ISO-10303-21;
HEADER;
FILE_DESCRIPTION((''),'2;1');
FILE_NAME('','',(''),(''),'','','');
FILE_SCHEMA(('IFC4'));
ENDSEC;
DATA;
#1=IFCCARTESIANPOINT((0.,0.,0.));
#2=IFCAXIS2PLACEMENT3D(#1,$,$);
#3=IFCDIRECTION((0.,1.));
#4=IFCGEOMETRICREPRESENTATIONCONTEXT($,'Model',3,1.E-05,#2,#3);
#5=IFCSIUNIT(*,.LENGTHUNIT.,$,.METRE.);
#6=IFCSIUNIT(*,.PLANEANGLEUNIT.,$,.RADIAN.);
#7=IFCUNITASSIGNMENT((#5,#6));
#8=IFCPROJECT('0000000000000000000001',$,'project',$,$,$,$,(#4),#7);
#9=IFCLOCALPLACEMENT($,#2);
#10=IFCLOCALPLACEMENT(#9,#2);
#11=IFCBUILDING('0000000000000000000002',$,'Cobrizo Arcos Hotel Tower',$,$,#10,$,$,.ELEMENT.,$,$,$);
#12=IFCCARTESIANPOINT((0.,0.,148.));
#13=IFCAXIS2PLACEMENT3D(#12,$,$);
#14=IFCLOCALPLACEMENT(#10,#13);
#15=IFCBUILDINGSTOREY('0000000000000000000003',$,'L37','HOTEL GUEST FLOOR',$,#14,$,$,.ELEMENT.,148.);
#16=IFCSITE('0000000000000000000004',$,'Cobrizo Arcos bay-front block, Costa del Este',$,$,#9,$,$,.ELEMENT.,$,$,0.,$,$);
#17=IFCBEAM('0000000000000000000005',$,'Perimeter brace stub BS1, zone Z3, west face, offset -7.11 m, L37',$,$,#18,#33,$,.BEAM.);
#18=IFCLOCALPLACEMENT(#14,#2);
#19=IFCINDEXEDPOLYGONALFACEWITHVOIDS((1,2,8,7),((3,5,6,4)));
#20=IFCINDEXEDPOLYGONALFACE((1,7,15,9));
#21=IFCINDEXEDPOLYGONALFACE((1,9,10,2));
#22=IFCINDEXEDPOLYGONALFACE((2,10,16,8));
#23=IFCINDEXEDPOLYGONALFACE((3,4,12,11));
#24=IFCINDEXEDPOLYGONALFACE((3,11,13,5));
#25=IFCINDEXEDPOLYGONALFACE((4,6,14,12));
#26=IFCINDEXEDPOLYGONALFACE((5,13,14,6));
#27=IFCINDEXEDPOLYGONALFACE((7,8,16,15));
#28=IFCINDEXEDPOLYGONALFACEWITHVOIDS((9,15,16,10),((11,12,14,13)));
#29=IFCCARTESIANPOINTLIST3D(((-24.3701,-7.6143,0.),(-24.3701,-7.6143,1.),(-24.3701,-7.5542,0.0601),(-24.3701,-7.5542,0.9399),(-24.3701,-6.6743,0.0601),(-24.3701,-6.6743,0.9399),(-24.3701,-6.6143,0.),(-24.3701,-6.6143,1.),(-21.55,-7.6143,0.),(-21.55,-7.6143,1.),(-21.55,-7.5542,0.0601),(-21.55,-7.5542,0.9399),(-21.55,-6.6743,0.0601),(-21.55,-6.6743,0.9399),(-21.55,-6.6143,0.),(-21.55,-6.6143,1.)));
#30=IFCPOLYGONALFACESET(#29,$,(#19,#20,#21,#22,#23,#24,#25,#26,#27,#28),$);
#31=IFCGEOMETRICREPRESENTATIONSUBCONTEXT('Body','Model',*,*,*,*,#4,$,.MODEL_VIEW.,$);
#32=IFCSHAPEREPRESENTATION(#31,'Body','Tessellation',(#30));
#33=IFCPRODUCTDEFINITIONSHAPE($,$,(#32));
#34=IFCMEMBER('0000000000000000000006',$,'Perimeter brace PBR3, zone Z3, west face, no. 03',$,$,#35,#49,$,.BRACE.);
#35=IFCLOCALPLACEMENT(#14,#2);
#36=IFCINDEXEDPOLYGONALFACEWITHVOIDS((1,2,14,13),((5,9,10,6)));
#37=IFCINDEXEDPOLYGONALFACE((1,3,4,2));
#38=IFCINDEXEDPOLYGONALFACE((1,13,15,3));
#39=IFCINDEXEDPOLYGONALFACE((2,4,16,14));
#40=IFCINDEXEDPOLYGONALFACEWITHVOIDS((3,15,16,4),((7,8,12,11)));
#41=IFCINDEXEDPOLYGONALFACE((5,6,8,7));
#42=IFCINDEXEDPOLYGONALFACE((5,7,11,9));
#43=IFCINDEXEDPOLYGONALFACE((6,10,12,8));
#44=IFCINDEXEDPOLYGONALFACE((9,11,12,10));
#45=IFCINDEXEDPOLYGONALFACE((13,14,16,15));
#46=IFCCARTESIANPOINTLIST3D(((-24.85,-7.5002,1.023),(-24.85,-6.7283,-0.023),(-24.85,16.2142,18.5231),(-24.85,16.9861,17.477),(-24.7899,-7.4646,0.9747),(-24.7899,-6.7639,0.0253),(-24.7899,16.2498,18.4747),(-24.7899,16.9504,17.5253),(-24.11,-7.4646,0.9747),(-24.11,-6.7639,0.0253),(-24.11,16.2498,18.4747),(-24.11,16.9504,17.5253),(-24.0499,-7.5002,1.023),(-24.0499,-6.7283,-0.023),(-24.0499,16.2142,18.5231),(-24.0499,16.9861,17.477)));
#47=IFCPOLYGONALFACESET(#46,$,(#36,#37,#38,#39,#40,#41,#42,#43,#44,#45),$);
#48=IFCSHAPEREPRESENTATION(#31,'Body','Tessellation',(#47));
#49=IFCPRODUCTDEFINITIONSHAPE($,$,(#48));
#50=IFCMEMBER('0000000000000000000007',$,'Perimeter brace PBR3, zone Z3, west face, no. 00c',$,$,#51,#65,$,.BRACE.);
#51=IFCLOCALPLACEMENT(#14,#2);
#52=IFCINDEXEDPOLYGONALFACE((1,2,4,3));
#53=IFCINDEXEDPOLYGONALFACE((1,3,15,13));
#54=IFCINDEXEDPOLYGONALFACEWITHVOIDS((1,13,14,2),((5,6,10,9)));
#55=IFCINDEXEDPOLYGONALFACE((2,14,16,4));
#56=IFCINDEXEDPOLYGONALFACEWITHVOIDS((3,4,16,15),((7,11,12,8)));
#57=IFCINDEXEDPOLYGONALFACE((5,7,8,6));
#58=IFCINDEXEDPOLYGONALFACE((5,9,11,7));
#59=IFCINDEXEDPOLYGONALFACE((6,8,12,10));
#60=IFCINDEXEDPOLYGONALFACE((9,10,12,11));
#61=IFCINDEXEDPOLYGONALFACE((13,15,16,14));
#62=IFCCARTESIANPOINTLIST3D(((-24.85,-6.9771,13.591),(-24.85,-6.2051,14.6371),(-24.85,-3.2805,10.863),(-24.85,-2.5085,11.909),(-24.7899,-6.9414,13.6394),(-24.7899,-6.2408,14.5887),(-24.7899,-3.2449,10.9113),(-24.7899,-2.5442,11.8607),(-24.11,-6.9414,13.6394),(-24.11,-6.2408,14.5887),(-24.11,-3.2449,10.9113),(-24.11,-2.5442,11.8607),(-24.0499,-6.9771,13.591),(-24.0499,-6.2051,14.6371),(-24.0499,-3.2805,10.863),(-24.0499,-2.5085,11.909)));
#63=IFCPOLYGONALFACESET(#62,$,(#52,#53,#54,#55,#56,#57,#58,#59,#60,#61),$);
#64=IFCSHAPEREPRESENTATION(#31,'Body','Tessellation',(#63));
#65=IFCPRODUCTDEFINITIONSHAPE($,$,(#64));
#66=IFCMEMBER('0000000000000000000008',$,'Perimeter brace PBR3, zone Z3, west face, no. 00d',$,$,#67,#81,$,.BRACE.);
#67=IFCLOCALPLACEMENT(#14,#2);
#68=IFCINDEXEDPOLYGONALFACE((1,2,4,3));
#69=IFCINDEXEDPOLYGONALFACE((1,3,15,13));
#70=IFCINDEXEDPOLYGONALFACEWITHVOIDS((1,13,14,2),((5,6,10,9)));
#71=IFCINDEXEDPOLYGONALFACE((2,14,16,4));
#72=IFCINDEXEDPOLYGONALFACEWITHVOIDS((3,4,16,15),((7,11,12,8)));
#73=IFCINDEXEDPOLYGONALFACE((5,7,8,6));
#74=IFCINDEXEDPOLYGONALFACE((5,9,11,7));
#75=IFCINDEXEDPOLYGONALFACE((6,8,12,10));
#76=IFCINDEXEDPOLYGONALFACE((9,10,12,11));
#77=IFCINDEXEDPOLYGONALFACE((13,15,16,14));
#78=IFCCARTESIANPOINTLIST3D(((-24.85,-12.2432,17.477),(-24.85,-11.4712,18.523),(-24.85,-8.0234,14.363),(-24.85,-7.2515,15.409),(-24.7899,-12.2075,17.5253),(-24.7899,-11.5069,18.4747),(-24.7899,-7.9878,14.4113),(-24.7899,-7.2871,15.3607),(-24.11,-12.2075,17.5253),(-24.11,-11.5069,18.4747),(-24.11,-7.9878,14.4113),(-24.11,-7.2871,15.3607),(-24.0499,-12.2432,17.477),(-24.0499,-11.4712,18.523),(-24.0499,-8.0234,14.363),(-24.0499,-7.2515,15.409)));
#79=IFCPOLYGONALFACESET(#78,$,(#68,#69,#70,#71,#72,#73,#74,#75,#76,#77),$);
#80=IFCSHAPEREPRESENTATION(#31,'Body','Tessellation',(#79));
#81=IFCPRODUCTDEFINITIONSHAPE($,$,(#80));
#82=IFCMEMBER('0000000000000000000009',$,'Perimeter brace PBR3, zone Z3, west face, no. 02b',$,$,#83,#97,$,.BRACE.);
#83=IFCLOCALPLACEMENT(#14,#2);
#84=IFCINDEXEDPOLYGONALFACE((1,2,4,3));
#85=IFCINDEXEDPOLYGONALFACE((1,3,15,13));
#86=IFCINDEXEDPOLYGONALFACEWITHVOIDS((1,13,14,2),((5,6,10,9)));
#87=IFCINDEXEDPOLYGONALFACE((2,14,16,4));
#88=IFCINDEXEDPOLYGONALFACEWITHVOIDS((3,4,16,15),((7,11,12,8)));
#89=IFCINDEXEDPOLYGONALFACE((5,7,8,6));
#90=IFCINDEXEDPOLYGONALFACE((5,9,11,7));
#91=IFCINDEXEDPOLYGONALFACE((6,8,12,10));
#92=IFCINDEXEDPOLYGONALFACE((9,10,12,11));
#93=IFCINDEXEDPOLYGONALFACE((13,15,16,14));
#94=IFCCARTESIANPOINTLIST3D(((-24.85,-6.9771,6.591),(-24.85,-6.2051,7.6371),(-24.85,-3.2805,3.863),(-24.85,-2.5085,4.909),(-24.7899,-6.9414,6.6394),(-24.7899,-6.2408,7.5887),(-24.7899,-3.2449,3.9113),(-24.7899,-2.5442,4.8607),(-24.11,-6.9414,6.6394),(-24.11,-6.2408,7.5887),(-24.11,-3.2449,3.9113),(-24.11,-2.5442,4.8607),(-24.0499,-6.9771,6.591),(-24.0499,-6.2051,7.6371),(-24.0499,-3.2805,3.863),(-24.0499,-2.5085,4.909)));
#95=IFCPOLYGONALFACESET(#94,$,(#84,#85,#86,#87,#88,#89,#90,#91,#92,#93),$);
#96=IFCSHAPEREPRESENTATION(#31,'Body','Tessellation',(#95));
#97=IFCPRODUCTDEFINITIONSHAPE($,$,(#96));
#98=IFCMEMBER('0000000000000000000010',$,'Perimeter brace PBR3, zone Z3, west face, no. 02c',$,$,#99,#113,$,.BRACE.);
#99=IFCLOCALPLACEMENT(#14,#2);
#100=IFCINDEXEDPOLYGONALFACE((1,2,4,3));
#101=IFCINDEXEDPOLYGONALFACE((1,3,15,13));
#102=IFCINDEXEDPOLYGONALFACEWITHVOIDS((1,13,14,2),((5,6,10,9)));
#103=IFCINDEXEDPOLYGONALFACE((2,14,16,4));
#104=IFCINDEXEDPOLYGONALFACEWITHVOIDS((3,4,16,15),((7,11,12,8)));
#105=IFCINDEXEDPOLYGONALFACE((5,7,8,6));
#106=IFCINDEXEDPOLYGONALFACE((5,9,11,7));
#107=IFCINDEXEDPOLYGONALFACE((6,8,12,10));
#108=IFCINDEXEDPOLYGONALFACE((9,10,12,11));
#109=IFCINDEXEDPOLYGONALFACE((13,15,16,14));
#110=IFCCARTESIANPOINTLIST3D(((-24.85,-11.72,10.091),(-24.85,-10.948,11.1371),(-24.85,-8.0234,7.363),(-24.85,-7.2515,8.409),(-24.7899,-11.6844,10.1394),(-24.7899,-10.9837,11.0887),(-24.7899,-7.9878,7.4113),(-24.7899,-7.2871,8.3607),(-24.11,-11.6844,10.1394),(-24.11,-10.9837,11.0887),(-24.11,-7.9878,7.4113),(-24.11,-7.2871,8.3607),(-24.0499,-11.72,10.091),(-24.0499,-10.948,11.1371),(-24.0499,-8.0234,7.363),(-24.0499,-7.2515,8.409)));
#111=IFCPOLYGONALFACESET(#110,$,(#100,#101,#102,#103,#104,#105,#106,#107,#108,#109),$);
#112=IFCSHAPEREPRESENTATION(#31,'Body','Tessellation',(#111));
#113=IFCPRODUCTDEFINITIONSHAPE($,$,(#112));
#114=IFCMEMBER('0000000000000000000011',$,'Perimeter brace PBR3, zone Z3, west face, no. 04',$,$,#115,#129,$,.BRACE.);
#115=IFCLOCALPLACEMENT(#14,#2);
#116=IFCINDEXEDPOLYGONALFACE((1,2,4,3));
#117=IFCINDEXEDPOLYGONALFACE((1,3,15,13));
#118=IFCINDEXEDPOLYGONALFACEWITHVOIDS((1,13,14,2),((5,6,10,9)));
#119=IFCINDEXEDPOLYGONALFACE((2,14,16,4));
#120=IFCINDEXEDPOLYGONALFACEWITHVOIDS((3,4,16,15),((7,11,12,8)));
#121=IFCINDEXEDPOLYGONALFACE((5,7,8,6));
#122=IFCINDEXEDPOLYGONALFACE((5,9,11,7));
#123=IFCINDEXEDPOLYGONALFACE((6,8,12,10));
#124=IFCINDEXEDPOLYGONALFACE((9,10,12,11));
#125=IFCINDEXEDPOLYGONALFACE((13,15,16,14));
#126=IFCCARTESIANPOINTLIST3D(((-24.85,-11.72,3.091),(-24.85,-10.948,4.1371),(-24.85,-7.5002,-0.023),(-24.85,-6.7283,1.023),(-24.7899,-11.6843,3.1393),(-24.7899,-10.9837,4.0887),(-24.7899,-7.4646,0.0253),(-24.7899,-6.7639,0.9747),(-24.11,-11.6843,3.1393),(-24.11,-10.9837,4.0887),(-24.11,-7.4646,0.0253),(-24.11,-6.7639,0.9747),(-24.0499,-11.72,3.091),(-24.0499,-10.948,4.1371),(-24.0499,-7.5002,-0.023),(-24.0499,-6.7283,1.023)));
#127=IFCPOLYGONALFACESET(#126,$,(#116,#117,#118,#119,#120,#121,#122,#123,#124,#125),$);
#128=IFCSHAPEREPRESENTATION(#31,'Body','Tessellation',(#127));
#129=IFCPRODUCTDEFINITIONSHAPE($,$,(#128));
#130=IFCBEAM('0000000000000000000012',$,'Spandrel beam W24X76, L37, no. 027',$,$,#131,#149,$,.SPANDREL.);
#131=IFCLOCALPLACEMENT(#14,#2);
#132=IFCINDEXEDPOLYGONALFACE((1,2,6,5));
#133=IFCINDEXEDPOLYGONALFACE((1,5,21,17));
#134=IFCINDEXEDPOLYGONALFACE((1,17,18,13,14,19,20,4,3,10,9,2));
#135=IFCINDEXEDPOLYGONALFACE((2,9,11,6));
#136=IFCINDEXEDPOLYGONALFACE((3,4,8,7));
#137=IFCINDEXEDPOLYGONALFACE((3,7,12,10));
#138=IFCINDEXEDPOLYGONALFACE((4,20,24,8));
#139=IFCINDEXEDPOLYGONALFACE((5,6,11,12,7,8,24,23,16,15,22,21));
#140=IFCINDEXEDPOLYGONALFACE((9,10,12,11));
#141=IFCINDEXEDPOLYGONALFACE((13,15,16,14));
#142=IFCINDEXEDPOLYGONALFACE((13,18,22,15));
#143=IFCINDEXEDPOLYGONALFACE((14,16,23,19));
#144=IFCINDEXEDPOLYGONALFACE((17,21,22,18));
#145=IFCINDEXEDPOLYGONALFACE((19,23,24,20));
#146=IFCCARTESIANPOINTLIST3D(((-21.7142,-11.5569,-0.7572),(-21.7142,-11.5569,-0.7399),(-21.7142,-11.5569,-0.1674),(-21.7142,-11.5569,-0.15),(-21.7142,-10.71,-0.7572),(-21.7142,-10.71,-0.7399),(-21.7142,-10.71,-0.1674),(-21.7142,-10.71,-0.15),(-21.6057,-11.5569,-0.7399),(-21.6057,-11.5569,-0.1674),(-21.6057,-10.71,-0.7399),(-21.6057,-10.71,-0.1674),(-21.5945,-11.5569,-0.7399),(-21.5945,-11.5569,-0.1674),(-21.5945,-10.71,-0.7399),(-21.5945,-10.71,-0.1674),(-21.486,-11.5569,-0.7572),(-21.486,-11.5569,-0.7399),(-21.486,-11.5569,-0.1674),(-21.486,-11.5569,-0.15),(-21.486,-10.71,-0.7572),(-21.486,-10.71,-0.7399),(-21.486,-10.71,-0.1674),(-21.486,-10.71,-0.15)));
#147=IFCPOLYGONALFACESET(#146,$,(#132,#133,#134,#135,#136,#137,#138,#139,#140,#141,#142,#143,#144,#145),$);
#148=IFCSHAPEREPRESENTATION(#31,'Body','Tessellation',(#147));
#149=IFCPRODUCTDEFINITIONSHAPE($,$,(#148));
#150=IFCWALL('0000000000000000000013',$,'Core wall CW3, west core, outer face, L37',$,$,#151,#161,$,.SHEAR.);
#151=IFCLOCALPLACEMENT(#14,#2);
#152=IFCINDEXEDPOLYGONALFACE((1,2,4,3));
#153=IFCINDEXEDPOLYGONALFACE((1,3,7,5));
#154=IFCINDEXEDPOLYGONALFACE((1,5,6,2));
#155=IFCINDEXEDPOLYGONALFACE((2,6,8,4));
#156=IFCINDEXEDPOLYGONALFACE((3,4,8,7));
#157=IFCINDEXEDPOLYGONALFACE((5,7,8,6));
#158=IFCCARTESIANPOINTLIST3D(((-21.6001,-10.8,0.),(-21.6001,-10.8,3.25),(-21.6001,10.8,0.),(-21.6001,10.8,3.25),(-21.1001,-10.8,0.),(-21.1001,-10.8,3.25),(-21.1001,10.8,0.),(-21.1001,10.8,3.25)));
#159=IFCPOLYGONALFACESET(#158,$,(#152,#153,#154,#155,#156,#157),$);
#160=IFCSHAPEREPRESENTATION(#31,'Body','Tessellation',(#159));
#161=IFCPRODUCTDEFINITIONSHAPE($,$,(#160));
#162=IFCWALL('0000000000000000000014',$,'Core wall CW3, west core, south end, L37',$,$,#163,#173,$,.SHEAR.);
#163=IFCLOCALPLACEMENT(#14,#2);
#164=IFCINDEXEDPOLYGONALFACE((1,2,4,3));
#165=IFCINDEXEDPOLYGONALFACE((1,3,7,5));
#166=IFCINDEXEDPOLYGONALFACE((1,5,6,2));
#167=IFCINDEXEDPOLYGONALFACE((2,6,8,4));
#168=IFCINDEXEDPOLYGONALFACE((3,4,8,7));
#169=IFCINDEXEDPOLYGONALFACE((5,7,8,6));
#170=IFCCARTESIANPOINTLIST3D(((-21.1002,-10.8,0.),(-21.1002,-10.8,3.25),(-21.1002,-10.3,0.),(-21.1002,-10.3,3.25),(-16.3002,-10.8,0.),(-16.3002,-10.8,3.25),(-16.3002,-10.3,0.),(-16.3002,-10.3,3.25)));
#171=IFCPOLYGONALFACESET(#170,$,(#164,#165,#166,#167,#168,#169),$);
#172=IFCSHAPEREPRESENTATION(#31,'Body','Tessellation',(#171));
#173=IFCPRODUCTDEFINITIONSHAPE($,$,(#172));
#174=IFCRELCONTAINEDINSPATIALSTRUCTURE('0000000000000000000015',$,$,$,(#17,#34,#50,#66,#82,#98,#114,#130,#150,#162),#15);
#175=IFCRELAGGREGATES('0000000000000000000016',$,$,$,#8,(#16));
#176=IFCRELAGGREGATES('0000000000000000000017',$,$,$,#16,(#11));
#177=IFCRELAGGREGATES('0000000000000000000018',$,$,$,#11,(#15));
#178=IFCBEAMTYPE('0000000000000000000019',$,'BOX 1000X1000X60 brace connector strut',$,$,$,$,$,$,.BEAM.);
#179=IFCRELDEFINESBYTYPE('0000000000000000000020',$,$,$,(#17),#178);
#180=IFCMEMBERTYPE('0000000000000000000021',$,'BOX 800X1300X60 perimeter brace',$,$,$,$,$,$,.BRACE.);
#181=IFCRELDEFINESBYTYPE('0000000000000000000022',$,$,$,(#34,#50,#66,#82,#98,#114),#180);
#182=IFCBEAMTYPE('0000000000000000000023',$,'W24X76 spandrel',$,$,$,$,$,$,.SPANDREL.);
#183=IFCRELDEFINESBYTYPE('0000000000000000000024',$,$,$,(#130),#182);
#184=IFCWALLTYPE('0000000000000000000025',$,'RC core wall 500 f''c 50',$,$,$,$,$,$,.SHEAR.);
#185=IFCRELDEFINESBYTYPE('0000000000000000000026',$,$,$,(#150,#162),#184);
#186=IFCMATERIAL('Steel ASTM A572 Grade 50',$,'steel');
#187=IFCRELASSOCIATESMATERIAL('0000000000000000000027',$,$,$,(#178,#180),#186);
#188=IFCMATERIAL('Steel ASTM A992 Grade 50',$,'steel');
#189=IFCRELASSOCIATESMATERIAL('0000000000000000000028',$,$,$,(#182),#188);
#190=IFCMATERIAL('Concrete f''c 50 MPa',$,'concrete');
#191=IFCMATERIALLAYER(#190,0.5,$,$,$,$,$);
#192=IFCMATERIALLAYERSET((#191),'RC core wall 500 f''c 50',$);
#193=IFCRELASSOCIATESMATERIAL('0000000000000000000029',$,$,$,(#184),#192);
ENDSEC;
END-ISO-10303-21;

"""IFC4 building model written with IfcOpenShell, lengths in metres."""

from ifc_helpers import new_model, si_unit, direction, frame, frame_2d, origin, origin_2d, place, context, subcontext, project, spatial, rectangle, hollow_rectangle, i_section, extrude, material, layer, layer_set, material_profile, profile_set, type_object, element, save


model = new_model("IFC4")

# Units and contexts
model_context = context("Model", 3, precision=1e-05, world=origin(), true_north=direction((0.0, 1.0)))
body_context = subcontext(model_context, "Body", "Model", "MODEL_VIEW")
ifc_project = project(units=[si_unit("LENGTHUNIT", "METRE"), si_unit("PLANEANGLEUNIT", "RADIAN")], contexts=[model_context])

# Site, building, storey
site_placement = place(None, origin())
site = spatial("IfcSite", under=ifc_project, at=site_placement, Name="Cobrizo Arcos bay-front block, Costa del Este", CompositionType="ELEMENT", RefElevation=0.0)
building_placement = place(site_placement, origin())
building = spatial("IfcBuilding", under=site, at=building_placement, Name="Cobrizo Arcos Hotel Tower", CompositionType="ELEMENT")
storey_placement = place(building_placement, frame((0.0, 0.0, 148.0)))
storey = spatial("IfcBuildingStorey", under=building, at=storey_placement, Name="L37", Description="HOTEL GUEST FLOOR", CompositionType="ELEMENT", Elevation=148.0)

# Beam
ifc_material_1 = material(Name="Steel ASTM A572 Grade 50", Category="steel")
ifc_material_profile_1 = material_profile(ifc_material_1, hollow_rectangle(XDim=1.0, YDim=1.0, WallThickness=0.0601, at=origin_2d()), Name="BOX 1000X1000X60")
ifc_profile_set_1 = profile_set([ifc_material_profile_1], Name="Steel ASTM A572 Grade 50")
beam_type_1 = type_object("IfcBeamType", Name="BOX 1000X1000X60 brace connector strut", PredefinedType="BEAM", material=ifc_profile_set_1)
beam_1_placement = place(storey_placement, frame((-21.55, -7.1143, 0.5), z_axis=(-1.0, 0.0, 0.0), x_axis=(0.0, -1.0, 0.0)))
element("IfcBeam", 1, at=beam_1_placement, inside=storey, type_object=beam_type_1, Name="Perimeter brace stub BS1, zone Z3, west face, offset -7.11 m, L37", PredefinedType="BEAM", context=body_context, shape_type="SweptSolid", body=[
    extrude(hollow_rectangle(XDim=1.0, YDim=1.0, WallThickness=0.0601, at=origin_2d()), origin(), (0.0, 0.0, 1.0), 2.8201),
])

# Members
ifc_material_profile_2 = material_profile(ifc_material_1, hollow_rectangle(XDim=0.8, YDim=1.3, WallThickness=0.0601, at=origin_2d()), Name="BOX 800X1300X60")
ifc_profile_set_2 = profile_set([ifc_material_profile_2], Name="Steel ASTM A572 Grade 50")
member_type = type_object("IfcMemberType", Name="BOX 800X1300X60 perimeter brace", PredefinedType="BRACE", material=ifc_profile_set_2)
member_1_placement = place(storey_placement, frame((-24.45, -7.1143, 0.5), z_axis=(0.0, 0.80463, 0.593776), x_axis=(-1.0, 0.0, 0.0)))
element("IfcMember", 2, at=member_1_placement, inside=storey, type_object=member_type, Name="Perimeter brace PBR3, zone Z3, west face, no. 03", PredefinedType="BRACE", context=body_context, shape_type="SweptSolid", body=[
    extrude(hollow_rectangle(XDim=0.8, YDim=1.3, WallThickness=0.0601, at=origin_2d()), origin(), (0.0, 0.0, 1.0), 29.4724),
])
member_2_placement = place(storey_placement, frame((-24.45, -2.8945, 11.386), z_axis=(0.0, -0.804612, 0.593801), x_axis=(1.0, 0.0, 0.0)))
element("IfcMember", 3, at=member_2_placement, inside=storey, type_object=member_type, Name="Perimeter brace PBR3, zone Z3, west face, no. 00c", PredefinedType="BRACE", context=body_context, shape_type="SweptSolid", body=[
    extrude(hollow_rectangle(XDim=0.8, YDim=1.3, WallThickness=0.0601, at=origin_2d()), origin(), (0.0, 0.0, 1.0), 4.5942),
])
member_3_placement = place(storey_placement, frame((-24.45, -7.6375, 14.886), z_axis=(0.0, -0.804624, 0.593785), x_axis=(1.0, 0.0, 0.0)))
element("IfcMember", 4, at=member_3_placement, inside=storey, type_object=member_type, Name="Perimeter brace PBR3, zone Z3, west face, no. 00d", PredefinedType="BRACE", context=body_context, shape_type="SweptSolid", body=[
    extrude(hollow_rectangle(XDim=0.8, YDim=1.3, WallThickness=0.0601, at=origin_2d()), origin(), (0.0, 0.0, 1.0), 5.2444),
])
for number, where, z_axis, x_axis, name in (
    (5, (-24.45, -2.8945, 4.386), (0.0, -0.804612, 0.593801), (1.0, 0.0, 0.0), "Perimeter brace PBR3, zone Z3, west face, no. 02b"),
    (6, (-24.45, -7.6375, 7.886), (0.0, -0.804612, 0.593801), (1.0, 0.0, 0.0), "Perimeter brace PBR3, zone Z3, west face, no. 02c"),
):
    element("IfcMember", number, at=place(storey_placement, frame(where, z_axis=z_axis, x_axis=x_axis)), inside=storey, type_object=member_type, Name=name, PredefinedType="BRACE", context=body_context, shape_type="SweptSolid", body=[
        extrude(hollow_rectangle(XDim=0.8, YDim=1.3, WallThickness=0.0601, at=origin_2d()), origin(), (0.0, 0.0, 1.0), 4.5942),
    ])
member_4_placement = place(storey_placement, frame((-24.45, -7.1143, 0.5), z_axis=(0.0, -0.804624, 0.593785), x_axis=(1.0, 0.0, 0.0)))
element("IfcMember", 7, at=member_4_placement, inside=storey, type_object=member_type, Name="Perimeter brace PBR3, zone Z3, west face, no. 04", PredefinedType="BRACE", context=body_context, shape_type="SweptSolid", body=[
    extrude(hollow_rectangle(XDim=0.8, YDim=1.3, WallThickness=0.0601, at=origin_2d()), origin(), (0.0, 0.0, 1.0), 5.2444),
])

# Beam
ifc_material_2 = material(Name="Steel ASTM A992 Grade 50", Category="steel")
ifc_material_profile_3 = material_profile(ifc_material_2, i_section(OverallWidth=0.2283, OverallDepth=0.6072, WebThickness=0.0112, FlangeThickness=0.0173, at=origin_2d()), Name="W24X76")
ifc_profile_set_3 = profile_set([ifc_material_profile_3], Name="Steel ASTM A992 Grade 50")
beam_type_2 = type_object("IfcBeamType", Name="W24X76 spandrel", PredefinedType="SPANDREL", material=ifc_profile_set_3)
beam_2_placement = place(storey_placement, frame((-21.6001, -10.71, -0.4536), z_axis=(0.0, -1.0, 0.0), x_axis=(1.0, 0.0, 0.0)))
element("IfcBeam", 8, at=beam_2_placement, inside=storey, type_object=beam_type_2, Name="Spandrel beam W24X76, L37, no. 027", PredefinedType="SPANDREL", context=body_context, shape_type="SweptSolid", body=[
    extrude(i_section(OverallWidth=0.2283, OverallDepth=0.6072, WebThickness=0.0112, FlangeThickness=0.0173, at=origin_2d()), origin(), (0.0, 0.0, 1.0), 0.8469),
])

# Walls
ifc_material_3 = material(Name="Concrete f'c 50 MPa", Category="concrete")
ifc_layer_1 = layer(ifc_material_3, 0.5)
ifc_layer_set_1 = layer_set([ifc_layer_1], Name="RC core wall 500 f'c 50")
wall_type_1 = type_object("IfcWallType", Name="RC core wall 500 f'c 50", PredefinedType="SHEAR", material=ifc_layer_set_1)
wall_1_placement = place(storey_placement, frame((-21.3501, -10.8, 0.0), z_axis=(0.0, 0.0, 1.0), x_axis=(0.0, 1.0, 0.0)))
element("IfcWall", 9, at=wall_1_placement, inside=storey, type_object=wall_type_1, Name="Core wall CW3, west core, outer face, L37", PredefinedType="SHEAR", context=body_context, shape_type="SweptSolid", body=[
    extrude(rectangle(XDim=21.6001, YDim=0.5, at=frame_2d((10.8, 0.0))), origin(), (0.0, 0.0, 1.0), 3.25),
])
wall_2_placement = place(storey_placement, frame((-21.1001, -10.55, 0.0), z_axis=(0.0, 0.0, 1.0), x_axis=(1.0, 0.0, 0.0)))
element("IfcWall", 10, at=wall_2_placement, inside=storey, type_object=wall_type_1, Name="Core wall CW3, west core, south end, L37", PredefinedType="SHEAR", context=body_context, shape_type="SweptSolid", body=[
    extrude(rectangle(XDim=4.8, YDim=0.5, at=frame_2d((2.3999, 0.0))), origin(), (0.0, 0.0, 1.0), 3.25),
])

save(model, "model.ifc")
